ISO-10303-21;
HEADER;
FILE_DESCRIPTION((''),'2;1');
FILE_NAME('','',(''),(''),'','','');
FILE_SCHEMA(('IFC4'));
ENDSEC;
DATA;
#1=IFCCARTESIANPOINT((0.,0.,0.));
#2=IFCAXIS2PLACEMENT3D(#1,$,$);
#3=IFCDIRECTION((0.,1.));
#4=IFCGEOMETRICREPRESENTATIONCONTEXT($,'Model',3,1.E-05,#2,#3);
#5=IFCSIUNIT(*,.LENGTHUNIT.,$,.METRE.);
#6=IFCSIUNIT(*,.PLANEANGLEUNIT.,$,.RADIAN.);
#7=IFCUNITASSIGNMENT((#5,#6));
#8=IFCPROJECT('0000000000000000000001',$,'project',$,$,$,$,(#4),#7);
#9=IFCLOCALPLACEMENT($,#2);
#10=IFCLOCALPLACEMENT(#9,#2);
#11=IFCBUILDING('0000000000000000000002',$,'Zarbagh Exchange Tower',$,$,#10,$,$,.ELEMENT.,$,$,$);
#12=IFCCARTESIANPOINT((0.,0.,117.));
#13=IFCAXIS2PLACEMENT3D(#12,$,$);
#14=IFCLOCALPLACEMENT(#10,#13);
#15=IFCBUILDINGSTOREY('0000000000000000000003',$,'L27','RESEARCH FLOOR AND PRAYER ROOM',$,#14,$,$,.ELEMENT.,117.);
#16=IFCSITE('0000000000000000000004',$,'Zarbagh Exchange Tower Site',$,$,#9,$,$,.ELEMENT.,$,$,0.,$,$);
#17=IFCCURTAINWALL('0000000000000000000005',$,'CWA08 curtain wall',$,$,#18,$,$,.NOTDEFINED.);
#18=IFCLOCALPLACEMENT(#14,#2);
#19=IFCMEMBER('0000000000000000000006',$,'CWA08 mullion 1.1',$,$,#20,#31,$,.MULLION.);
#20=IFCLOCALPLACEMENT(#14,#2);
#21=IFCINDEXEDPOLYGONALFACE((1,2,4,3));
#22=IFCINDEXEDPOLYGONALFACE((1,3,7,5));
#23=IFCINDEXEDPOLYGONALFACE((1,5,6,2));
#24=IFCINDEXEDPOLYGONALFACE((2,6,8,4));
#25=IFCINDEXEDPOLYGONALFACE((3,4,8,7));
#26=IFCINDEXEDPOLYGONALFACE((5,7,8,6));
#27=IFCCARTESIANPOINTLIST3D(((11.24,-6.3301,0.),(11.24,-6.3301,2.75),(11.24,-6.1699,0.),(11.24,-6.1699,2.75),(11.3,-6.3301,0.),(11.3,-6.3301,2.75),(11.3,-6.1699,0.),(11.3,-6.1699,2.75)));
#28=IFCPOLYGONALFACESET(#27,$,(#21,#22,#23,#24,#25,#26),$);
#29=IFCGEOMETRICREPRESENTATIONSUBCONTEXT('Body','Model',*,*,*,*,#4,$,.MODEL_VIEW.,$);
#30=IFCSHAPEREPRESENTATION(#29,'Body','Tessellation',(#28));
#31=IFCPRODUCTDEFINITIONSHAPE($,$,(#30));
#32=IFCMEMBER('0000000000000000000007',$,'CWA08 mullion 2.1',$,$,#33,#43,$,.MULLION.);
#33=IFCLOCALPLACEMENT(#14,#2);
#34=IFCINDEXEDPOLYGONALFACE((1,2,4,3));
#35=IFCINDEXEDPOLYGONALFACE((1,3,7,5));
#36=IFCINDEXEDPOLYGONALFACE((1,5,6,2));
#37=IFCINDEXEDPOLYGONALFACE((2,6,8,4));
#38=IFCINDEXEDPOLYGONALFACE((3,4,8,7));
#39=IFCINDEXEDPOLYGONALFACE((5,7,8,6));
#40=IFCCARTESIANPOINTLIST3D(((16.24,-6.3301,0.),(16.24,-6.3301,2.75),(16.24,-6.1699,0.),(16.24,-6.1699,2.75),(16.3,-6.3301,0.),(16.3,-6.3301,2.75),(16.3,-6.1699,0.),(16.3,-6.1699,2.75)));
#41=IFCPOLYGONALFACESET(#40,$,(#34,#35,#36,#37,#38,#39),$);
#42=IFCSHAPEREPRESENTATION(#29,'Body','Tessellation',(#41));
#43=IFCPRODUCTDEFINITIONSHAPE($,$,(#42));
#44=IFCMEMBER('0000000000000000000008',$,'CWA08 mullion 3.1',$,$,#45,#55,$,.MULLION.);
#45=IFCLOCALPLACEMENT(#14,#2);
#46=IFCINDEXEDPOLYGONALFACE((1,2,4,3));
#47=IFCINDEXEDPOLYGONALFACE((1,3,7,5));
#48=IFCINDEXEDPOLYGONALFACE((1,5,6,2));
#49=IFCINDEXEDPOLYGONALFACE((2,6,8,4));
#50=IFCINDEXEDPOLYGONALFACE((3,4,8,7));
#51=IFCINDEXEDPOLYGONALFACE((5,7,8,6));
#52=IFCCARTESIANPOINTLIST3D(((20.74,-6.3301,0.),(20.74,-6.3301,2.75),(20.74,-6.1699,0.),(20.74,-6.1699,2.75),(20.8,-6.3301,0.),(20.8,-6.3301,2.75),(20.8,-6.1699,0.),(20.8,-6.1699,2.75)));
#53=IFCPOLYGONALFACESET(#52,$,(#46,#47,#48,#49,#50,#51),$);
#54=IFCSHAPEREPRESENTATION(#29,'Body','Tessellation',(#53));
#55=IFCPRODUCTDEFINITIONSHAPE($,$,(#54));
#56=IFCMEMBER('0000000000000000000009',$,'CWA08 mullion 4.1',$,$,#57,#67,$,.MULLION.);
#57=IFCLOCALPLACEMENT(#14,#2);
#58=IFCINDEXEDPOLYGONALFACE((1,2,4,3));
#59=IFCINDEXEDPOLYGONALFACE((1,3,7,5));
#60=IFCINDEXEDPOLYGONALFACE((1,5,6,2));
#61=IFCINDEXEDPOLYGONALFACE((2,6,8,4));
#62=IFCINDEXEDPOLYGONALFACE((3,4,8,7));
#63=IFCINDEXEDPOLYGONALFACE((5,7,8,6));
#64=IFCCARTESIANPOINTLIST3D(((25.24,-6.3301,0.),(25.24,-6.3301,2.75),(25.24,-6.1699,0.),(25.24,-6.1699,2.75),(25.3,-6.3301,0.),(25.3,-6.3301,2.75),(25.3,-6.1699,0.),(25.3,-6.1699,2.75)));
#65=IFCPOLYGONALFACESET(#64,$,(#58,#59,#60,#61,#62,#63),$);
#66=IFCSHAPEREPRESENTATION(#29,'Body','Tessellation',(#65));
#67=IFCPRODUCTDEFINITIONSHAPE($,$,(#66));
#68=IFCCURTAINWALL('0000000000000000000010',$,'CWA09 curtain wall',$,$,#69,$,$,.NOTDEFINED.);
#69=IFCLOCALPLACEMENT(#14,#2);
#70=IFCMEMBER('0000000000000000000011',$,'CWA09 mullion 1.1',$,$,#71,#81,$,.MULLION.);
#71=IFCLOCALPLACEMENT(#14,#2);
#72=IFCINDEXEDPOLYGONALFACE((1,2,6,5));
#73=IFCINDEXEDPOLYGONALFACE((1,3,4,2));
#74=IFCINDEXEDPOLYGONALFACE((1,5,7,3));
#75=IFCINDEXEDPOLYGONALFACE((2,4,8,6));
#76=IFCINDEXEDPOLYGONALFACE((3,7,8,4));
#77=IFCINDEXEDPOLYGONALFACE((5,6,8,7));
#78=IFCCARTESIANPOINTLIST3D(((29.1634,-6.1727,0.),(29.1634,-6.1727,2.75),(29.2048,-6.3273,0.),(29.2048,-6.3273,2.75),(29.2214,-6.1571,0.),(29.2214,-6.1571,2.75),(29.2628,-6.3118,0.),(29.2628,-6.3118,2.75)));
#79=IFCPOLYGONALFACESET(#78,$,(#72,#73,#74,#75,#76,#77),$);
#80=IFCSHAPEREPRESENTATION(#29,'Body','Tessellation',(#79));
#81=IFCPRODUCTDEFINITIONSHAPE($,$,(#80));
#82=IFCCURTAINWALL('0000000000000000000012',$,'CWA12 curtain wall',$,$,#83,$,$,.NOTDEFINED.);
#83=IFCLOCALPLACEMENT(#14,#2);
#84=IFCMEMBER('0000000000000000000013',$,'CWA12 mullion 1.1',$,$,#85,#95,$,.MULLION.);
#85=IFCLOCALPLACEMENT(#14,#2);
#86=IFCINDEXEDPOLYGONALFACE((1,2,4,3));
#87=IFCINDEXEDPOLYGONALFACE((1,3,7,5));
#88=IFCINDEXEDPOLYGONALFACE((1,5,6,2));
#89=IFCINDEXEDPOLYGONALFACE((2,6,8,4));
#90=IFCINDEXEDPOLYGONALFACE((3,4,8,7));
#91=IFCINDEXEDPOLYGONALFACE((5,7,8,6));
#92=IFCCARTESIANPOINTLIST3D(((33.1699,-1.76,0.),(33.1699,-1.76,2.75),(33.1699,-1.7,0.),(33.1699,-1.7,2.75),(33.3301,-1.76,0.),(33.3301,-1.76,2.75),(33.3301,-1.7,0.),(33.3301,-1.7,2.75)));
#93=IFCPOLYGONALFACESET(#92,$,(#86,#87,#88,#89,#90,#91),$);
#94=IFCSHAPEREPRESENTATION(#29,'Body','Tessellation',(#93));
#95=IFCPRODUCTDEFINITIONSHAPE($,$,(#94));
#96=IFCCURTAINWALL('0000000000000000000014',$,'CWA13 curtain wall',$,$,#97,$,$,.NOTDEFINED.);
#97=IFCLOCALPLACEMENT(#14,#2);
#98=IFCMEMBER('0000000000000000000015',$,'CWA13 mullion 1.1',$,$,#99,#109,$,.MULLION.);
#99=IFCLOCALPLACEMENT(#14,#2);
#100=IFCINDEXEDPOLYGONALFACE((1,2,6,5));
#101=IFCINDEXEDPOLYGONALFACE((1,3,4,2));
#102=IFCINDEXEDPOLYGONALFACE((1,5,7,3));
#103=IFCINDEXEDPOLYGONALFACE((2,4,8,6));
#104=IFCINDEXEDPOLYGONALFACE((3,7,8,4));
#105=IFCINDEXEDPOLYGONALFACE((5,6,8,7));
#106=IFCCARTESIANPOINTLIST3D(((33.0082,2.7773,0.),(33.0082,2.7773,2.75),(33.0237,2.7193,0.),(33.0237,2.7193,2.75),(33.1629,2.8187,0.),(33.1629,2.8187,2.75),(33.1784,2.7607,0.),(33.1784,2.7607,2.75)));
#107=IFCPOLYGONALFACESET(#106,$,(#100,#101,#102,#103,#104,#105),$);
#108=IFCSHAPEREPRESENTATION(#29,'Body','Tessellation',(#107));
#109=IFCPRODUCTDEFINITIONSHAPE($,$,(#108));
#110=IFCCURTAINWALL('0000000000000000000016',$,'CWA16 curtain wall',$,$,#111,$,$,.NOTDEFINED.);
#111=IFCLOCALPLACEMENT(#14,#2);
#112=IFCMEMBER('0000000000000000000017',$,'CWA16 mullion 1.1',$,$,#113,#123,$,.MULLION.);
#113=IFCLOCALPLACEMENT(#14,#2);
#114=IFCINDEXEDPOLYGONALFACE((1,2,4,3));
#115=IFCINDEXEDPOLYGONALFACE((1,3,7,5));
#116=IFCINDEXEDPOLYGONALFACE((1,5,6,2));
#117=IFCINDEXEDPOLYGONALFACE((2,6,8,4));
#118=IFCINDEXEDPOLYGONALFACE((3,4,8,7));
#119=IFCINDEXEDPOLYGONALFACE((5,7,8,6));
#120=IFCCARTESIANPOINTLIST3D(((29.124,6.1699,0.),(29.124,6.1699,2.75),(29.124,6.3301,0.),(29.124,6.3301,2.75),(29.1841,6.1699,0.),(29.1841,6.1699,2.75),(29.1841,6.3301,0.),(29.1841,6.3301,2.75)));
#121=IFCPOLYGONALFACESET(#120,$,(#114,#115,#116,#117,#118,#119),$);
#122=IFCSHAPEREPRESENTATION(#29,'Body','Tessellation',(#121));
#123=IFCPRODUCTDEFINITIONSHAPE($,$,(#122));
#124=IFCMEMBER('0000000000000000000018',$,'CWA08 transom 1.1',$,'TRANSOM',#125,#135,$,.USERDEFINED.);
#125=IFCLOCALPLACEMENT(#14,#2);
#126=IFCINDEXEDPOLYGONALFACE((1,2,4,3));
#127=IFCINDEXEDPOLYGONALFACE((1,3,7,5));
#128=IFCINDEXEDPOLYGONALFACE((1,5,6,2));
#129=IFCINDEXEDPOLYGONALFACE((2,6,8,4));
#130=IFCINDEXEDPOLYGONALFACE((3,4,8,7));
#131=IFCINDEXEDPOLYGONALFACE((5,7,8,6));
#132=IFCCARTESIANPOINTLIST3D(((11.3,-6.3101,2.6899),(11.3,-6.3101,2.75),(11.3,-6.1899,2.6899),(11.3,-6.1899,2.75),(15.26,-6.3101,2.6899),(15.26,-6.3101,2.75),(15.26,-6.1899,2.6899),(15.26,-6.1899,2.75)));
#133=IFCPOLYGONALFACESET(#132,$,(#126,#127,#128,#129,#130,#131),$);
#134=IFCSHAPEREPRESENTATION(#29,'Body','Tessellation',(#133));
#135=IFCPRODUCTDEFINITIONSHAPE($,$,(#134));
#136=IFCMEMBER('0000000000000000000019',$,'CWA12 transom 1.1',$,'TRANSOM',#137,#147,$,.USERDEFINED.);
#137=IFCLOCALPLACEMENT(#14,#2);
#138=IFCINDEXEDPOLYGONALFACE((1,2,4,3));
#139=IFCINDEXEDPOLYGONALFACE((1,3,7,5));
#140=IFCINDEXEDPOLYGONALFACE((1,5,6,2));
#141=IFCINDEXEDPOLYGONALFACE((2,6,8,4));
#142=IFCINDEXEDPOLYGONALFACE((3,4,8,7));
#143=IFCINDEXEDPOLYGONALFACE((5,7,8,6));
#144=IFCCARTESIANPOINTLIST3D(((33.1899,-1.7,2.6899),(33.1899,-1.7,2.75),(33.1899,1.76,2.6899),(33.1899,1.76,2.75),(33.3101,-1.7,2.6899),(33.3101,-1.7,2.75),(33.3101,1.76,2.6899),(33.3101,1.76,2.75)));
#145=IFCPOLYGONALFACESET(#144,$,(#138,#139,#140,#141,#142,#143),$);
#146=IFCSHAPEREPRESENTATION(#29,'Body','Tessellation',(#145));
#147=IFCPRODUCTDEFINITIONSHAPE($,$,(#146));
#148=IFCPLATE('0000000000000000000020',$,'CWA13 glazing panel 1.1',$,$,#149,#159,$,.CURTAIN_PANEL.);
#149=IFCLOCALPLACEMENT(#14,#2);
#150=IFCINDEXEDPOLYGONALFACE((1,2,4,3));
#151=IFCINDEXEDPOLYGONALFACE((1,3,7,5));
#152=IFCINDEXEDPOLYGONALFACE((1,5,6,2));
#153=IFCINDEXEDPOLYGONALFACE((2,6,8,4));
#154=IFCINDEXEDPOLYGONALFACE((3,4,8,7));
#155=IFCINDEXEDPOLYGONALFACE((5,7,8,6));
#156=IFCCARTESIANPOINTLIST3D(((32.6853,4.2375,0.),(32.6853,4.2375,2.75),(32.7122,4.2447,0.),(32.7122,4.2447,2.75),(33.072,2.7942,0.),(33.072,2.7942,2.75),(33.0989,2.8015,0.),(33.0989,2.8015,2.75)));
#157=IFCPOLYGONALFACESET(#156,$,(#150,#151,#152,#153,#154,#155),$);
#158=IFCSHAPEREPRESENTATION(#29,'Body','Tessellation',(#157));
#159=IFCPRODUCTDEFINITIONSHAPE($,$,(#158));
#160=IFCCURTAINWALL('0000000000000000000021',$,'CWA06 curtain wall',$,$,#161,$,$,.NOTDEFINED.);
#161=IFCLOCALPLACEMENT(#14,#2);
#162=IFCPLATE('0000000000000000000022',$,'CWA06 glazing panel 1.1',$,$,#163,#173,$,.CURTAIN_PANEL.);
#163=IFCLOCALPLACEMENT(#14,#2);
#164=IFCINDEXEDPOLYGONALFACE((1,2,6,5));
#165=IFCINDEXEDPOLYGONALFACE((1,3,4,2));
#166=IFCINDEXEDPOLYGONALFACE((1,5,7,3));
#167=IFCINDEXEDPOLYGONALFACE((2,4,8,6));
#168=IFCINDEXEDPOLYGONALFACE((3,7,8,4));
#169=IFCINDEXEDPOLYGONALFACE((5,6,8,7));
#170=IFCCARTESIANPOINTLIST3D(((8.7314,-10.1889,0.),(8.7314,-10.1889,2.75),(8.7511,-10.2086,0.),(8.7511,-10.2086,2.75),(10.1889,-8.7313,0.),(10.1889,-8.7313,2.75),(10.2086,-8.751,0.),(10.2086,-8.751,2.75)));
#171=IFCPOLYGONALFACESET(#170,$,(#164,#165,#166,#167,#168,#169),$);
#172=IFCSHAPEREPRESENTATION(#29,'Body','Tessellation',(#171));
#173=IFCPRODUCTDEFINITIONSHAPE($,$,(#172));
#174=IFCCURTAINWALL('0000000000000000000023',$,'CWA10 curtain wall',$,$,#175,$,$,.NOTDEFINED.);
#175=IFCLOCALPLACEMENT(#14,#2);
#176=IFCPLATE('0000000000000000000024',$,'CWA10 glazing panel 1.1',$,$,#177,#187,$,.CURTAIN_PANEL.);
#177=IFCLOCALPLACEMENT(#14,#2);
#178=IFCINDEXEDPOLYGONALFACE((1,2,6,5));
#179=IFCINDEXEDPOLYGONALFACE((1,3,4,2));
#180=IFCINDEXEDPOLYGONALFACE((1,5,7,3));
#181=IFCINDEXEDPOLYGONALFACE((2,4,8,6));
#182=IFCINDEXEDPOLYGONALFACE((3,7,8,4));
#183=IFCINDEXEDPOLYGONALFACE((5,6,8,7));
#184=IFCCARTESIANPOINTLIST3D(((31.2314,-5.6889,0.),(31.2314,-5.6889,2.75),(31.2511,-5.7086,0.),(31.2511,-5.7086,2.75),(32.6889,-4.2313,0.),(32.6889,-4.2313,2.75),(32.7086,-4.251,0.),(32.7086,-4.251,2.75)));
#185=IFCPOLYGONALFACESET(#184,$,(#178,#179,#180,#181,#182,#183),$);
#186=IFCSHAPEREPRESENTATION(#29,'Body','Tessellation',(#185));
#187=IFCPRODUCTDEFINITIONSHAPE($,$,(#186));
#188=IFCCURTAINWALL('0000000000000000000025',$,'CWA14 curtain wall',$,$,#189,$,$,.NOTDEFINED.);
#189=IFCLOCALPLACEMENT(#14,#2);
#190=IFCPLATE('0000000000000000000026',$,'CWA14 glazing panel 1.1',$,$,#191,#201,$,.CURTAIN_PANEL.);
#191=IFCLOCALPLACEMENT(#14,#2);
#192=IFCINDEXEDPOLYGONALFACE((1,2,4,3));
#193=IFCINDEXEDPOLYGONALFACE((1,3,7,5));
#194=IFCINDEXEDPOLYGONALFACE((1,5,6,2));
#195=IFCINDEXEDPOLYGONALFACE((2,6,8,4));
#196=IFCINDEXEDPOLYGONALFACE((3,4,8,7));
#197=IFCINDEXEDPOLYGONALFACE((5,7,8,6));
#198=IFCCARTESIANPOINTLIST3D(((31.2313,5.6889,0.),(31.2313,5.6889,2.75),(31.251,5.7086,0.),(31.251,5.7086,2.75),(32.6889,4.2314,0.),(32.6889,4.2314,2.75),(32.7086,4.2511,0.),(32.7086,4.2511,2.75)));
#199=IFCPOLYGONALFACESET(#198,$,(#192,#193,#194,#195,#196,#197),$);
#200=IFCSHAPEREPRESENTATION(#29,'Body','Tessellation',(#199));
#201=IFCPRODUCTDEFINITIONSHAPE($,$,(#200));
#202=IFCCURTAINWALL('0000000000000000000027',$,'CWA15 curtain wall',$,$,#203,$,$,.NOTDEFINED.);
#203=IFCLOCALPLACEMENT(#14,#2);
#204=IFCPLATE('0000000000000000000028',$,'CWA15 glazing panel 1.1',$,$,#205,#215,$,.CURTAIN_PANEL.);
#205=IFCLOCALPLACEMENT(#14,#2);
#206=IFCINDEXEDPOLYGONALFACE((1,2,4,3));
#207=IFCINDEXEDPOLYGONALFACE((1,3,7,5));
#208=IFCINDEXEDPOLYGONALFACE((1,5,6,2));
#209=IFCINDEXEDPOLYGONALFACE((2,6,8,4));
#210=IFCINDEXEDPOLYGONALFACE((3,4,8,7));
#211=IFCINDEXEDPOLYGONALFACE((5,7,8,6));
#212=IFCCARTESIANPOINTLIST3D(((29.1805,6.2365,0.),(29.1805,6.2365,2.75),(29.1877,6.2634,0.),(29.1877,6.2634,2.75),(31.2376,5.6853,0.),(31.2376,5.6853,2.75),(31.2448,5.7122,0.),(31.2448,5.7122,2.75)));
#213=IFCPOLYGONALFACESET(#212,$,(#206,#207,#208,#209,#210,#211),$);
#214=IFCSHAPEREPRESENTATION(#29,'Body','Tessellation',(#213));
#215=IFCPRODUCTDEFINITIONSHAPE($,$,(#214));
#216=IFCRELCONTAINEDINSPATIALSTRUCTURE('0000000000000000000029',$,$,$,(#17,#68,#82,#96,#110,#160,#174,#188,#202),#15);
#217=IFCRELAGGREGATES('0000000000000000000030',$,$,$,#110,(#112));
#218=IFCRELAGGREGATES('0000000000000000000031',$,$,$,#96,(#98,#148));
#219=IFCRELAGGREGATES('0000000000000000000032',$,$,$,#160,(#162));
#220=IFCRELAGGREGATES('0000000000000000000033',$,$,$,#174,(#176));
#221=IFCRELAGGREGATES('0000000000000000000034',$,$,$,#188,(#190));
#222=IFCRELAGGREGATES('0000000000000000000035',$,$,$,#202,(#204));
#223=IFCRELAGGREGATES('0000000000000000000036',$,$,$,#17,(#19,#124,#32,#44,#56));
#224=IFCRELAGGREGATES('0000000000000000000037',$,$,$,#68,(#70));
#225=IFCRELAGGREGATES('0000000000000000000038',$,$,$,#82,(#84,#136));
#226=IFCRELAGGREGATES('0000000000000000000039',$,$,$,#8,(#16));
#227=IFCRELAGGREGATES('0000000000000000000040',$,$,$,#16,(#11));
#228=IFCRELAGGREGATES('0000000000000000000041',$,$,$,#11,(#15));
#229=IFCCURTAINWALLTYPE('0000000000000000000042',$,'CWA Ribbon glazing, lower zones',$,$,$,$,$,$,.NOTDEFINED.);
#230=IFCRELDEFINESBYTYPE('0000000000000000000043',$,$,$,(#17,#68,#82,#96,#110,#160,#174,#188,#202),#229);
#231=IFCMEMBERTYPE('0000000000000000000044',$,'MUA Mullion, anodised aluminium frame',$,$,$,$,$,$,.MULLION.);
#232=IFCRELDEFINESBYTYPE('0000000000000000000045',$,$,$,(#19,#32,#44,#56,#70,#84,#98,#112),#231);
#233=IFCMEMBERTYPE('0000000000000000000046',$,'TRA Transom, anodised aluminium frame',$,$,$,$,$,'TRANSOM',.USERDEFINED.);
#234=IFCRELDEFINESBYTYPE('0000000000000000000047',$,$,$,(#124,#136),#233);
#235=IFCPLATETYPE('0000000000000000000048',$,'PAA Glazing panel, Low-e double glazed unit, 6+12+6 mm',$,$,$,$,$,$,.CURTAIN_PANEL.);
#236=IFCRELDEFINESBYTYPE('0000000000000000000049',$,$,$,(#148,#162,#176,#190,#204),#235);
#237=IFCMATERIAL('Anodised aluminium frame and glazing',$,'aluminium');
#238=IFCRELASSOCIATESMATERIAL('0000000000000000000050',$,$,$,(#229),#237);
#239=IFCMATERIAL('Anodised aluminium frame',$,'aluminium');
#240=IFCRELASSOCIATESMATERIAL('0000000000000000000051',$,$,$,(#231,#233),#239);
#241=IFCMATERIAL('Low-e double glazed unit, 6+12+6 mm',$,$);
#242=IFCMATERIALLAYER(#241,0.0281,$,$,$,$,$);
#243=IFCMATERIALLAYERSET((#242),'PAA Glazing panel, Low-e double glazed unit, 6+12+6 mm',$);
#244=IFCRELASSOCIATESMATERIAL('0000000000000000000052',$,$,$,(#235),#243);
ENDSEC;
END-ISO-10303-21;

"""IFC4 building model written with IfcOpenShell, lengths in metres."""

from ifc_helpers import new_model, si_unit, direction, frame, origin, place, context, subcontext, project, spatial, polyline, outline, extrude, source, transform, mapped, material, layer, layer_set, type_object, element, aggregate, save


model = new_model("IFC4")

# Units and contexts
model_context = context("Model", 3, precision=1e-05, world=origin(), true_north=direction((0.0, 1.0)))
body_context = subcontext(model_context, "Body", "Model", "MODEL_VIEW")
ifc_project = project(units=[si_unit("LENGTHUNIT", "METRE"), si_unit("PLANEANGLEUNIT", "RADIAN")], contexts=[model_context])

# Site, building, storey
site_placement = place(None, origin())
site = spatial("IfcSite", under=ifc_project, at=site_placement, Name="Zarbagh Exchange Tower Site", CompositionType="ELEMENT", RefElevation=0.0)
building_placement = place(site_placement, origin())
building = spatial("IfcBuilding", under=site, at=building_placement, Name="Zarbagh Exchange Tower", CompositionType="ELEMENT")
storey_placement = place(building_placement, frame((0.0, 0.0, 117.0)))
storey = spatial("IfcBuildingStorey", under=building, at=storey_placement, Name="L27", Description="RESEARCH FLOOR AND PRAYER ROOM", CompositionType="ELEMENT", Elevation=117.0)

# Curtain wall, members
ifc_material_1 = material(Name="Anodised aluminium frame and glazing", Category="aluminium")
curtain_wall_type = type_object("IfcCurtainWallType", Name="CWA Ribbon glazing, lower zones", PredefinedType="NOTDEFINED", material=ifc_material_1)
curtain_wall_1_placement = place(storey_placement, origin())
curtain_wall_1 = element("IfcCurtainWall", 1, at=curtain_wall_1_placement, inside=storey, type_object=curtain_wall_type, Name="CWA08 curtain wall", PredefinedType="NOTDEFINED")
ifc_material_2 = material(Name="Anodised aluminium frame", Category="aluminium")
member_type_1 = type_object("IfcMemberType", Name="MUA Mullion, anodised aluminium frame", PredefinedType="MULLION", material=ifc_material_2)
shared_shape_1 = source(origin(), body_context, "Body", "SweptSolid", [
    extrude(outline(polyline([(0.0, -0.0801), (0.0601, -0.0801), (0.0601, 0.0801), (0.0, 0.0801), (0.0, -0.0801)])), origin(), (0.0, 0.0, 1.0), 2.75),
])
placement = place(storey_placement, origin())
member_1 = element("IfcMember", 2, at=placement, type_object=member_type_1, Name="CWA08 mullion 1.1", PredefinedType="MULLION", context=body_context, shape_type="MappedRepresentation", body=[
    mapped(shared_shape_1, transform((11.24, -6.25, 0.0), x_axis=(1.0, 0.0, 0.0), y_axis=(0.0, 1.0, 0.0), z_axis=(0.0, 0.0, 1.0))),
])
member_2 = element("IfcMember", 3, at=placement, type_object=member_type_1, Name="CWA08 mullion 2.1", PredefinedType="MULLION", context=body_context, shape_type="MappedRepresentation", body=[
    mapped(shared_shape_1, transform((16.24, -6.25, 0.0), x_axis=(1.0, 0.0, 0.0), y_axis=(0.0, 1.0, 0.0), z_axis=(0.0, 0.0, 1.0))),
])
member_3 = element("IfcMember", 4, at=placement, type_object=member_type_1, Name="CWA08 mullion 3.1", PredefinedType="MULLION", context=body_context, shape_type="MappedRepresentation", body=[
    mapped(shared_shape_1, transform((20.74, -6.25, 0.0), x_axis=(1.0, 0.0, 0.0), y_axis=(0.0, 1.0, 0.0), z_axis=(0.0, 0.0, 1.0))),
])
member_4 = element("IfcMember", 5, at=placement, type_object=member_type_1, Name="CWA08 mullion 4.1", PredefinedType="MULLION", context=body_context, shape_type="MappedRepresentation", body=[
    mapped(shared_shape_1, transform((25.24, -6.25, 0.0), x_axis=(1.0, 0.0, 0.0), y_axis=(0.0, 1.0, 0.0), z_axis=(0.0, 0.0, 1.0))),
])

# Curtain walls, members
curtain_wall_2_placement = place(storey_placement, origin())
curtain_wall_2 = element("IfcCurtainWall", 6, at=curtain_wall_2_placement, inside=storey, type_object=curtain_wall_type, Name="CWA09 curtain wall", PredefinedType="NOTDEFINED")
member_5 = element("IfcMember", 7, at=placement, type_object=member_type_1, Name="CWA09 mullion 1.1", PredefinedType="MULLION", context=body_context, shape_type="MappedRepresentation", body=[
    mapped(shared_shape_1, transform((29.1841, -6.25, 0.0), x_axis=(0.965924, 0.258825, 0.0), y_axis=(-0.258825, 0.965924, 0.0), z_axis=(0.0, 0.0, 1.0))),
])
curtain_wall_3_placement = place(storey_placement, origin())
curtain_wall_3 = element("IfcCurtainWall", 8, at=curtain_wall_3_placement, inside=storey, type_object=curtain_wall_type, Name="CWA12 curtain wall", PredefinedType="NOTDEFINED")
member_6 = element("IfcMember", 9, at=placement, type_object=member_type_1, Name="CWA12 mullion 1.1", PredefinedType="MULLION", context=body_context, shape_type="MappedRepresentation", body=[
    mapped(shared_shape_1, transform((33.25, -1.76, 0.0), x_axis=(0.0, 1.0, 0.0), y_axis=(-1.0, 0.0, 0.0), z_axis=(0.0, 0.0, 1.0))),
])
curtain_wall_4_placement = place(storey_placement, origin())
curtain_wall_4 = element("IfcCurtainWall", 10, at=curtain_wall_4_placement, inside=storey, type_object=curtain_wall_type, Name="CWA13 curtain wall", PredefinedType="NOTDEFINED")
member_7 = element("IfcMember", 11, at=placement, type_object=member_type_1, Name="CWA13 mullion 1.1", PredefinedType="MULLION", context=body_context, shape_type="MappedRepresentation", body=[
    mapped(shared_shape_1, transform((33.1011, 2.74, 0.0), x_axis=(-0.258825, 0.965924, 0.0), y_axis=(-0.965924, -0.258825, 0.0), z_axis=(0.0, 0.0, 1.0))),
])
curtain_wall_5_placement = place(storey_placement, origin())
curtain_wall_5 = element("IfcCurtainWall", 12, at=curtain_wall_5_placement, inside=storey, type_object=curtain_wall_type, Name="CWA16 curtain wall", PredefinedType="NOTDEFINED")
member_8 = element("IfcMember", 13, at=placement, type_object=member_type_1, Name="CWA16 mullion 1.1", PredefinedType="MULLION", context=body_context, shape_type="MappedRepresentation", body=[
    mapped(shared_shape_1, transform((29.1841, 6.25, 0.0), x_axis=(-1.0, 0.0, 0.0), y_axis=(0.0, -1.0, 0.0), z_axis=(0.0, 0.0, 1.0))),
])
aggregate(curtain_wall_5, [member_8])

# Members
member_type_2 = type_object("IfcMemberType", Name="TRA Transom, anodised aluminium frame", ElementType="TRANSOM", PredefinedType="USERDEFINED", material=ifc_material_2)
shared_shape_2 = source(origin(), body_context, "Body", "SweptSolid", [
    extrude(outline(polyline([(-0.0601, -0.0601), (0.0, -0.0601), (0.0, 0.0601), (-0.0601, 0.0601), (-0.0601, -0.0601)])), origin(), (0.0, 0.0, 1.0), 3.96),
])
member_9 = element("IfcMember", 14, at=placement, type_object=member_type_2, Name="CWA08 transom 1.1", ObjectType="TRANSOM", PredefinedType="USERDEFINED", context=body_context, shape_type="MappedRepresentation", body=[
    mapped(shared_shape_2, transform((11.3, -6.25, 2.75), x_axis=(0.0, 0.0, 1.0), y_axis=(0.0, -1.0, 0.0), z_axis=(1.0, 0.0, 0.0))),
])
shared_shape_3 = source(origin(), body_context, "Body", "SweptSolid", [
    extrude(outline(polyline([(-0.0601, -0.0601), (0.0, -0.0601), (0.0, 0.0601), (-0.0601, 0.0601), (-0.0601, -0.0601)])), origin(), (0.0, 0.0, 1.0), 3.46),
])
member_10 = element("IfcMember", 15, at=placement, type_object=member_type_2, Name="CWA12 transom 1.1", ObjectType="TRANSOM", PredefinedType="USERDEFINED", context=body_context, shape_type="MappedRepresentation", body=[
    mapped(shared_shape_3, transform((33.25, -1.7, 2.75), x_axis=(0.0, 0.0, 1.0), y_axis=(1.0, 0.0, 0.0), z_axis=(0.0, 1.0, 0.0))),
])

# Plate
ifc_material_3 = material(Name="Low-e double glazed unit, 6+12+6 mm")
ifc_layer = layer(ifc_material_3, 0.0281)
ifc_layer_set = layer_set([ifc_layer], Name="PAA Glazing panel, Low-e double glazed unit, 6+12+6 mm")
plate_type = type_object("IfcPlateType", Name="PAA Glazing panel, Low-e double glazed unit, 6+12+6 mm", PredefinedType="CURTAIN_PANEL", material=ifc_layer_set)
shared_shape_4 = source(origin(), body_context, "Body", "SweptSolid", [
    extrude(outline(polyline([(0.0, -0.0139), (1.4941, -0.0139), (1.4941, 0.0139), (0.0, 0.0139), (0.0, -0.0139)])), origin(), (0.0, 0.0, 1.0), 2.75),
])
plate_1 = element("IfcPlate", 16, at=placement, type_object=plate_type, Name="CWA13 glazing panel 1.1", PredefinedType="CURTAIN_PANEL", context=body_context, shape_type="MappedRepresentation", body=[
    mapped(shared_shape_4, transform((33.0854, 2.7979, 0.0), x_axis=(-0.258825, 0.965924, 0.0), y_axis=(-0.965924, -0.258825, 0.0), z_axis=(0.0, 0.0, 1.0))),
])
aggregate(curtain_wall_4, [member_7, plate_1])

# Curtain walls, plates
curtain_wall_6_placement = place(storey_placement, origin())
curtain_wall_6 = element("IfcCurtainWall", 17, at=curtain_wall_6_placement, inside=storey, type_object=curtain_wall_type, Name="CWA06 curtain wall", PredefinedType="NOTDEFINED")
shared_shape_5 = source(origin(), body_context, "Body", "SweptSolid", [
    extrude(outline(polyline([(0.0, -0.0139), (2.0613, -0.0139), (2.0613, 0.0139), (0.0, 0.0139), (0.0, -0.0139)])), origin(), (0.0, 0.0, 1.0), 2.75),
])
plate_2 = element("IfcPlate", 18, at=placement, type_object=plate_type, Name="CWA06 glazing panel 1.1", PredefinedType="CURTAIN_PANEL", context=body_context, shape_type="MappedRepresentation", body=[
    mapped(shared_shape_5, transform((8.7412, -10.1987, 0.0), x_axis=(0.707107, 0.707107, 0.0), y_axis=(-0.707107, 0.707107, 0.0), z_axis=(0.0, 0.0, 1.0))),
])
aggregate(curtain_wall_6, [plate_2])
curtain_wall_7_placement = place(storey_placement, origin())
curtain_wall_7 = element("IfcCurtainWall", 19, at=curtain_wall_7_placement, inside=storey, type_object=curtain_wall_type, Name="CWA10 curtain wall", PredefinedType="NOTDEFINED")
plate_3 = element("IfcPlate", 20, at=placement, type_object=plate_type, Name="CWA10 glazing panel 1.1", PredefinedType="CURTAIN_PANEL", context=body_context, shape_type="MappedRepresentation", body=[
    mapped(shared_shape_5, transform((31.2412, -5.6987, 0.0), x_axis=(0.707107, 0.707107, 0.0), y_axis=(-0.707107, 0.707107, 0.0), z_axis=(0.0, 0.0, 1.0))),
])
aggregate(curtain_wall_7, [plate_3])
curtain_wall_8_placement = place(storey_placement, origin())
curtain_wall_8 = element("IfcCurtainWall", 21, at=curtain_wall_8_placement, inside=storey, type_object=curtain_wall_type, Name="CWA14 curtain wall", PredefinedType="NOTDEFINED")
plate_4 = element("IfcPlate", 22, at=placement, type_object=plate_type, Name="CWA14 glazing panel 1.1", PredefinedType="CURTAIN_PANEL", context=body_context, shape_type="MappedRepresentation", body=[
    mapped(shared_shape_5, transform((32.6987, 4.2412, 0.0), x_axis=(-0.707107, 0.707107, 0.0), y_axis=(-0.707107, -0.707107, 0.0), z_axis=(0.0, 0.0, 1.0))),
])
aggregate(curtain_wall_8, [plate_4])
curtain_wall_9_placement = place(storey_placement, origin())
curtain_wall_9 = element("IfcCurtainWall", 23, at=curtain_wall_9_placement, inside=storey, type_object=curtain_wall_type, Name="CWA15 curtain wall", PredefinedType="NOTDEFINED")
shared_shape_6 = source(origin(), body_context, "Body", "SweptSolid", [
    extrude(outline(polyline([(0.0, -0.0139), (2.1296, -0.0139), (2.1296, 0.0139), (0.0, 0.0139), (0.0, -0.0139)])), origin(), (0.0, 0.0, 1.0), 2.75),
])
plate_5 = element("IfcPlate", 24, at=placement, type_object=plate_type, Name="CWA15 glazing panel 1.1", PredefinedType="CURTAIN_PANEL", context=body_context, shape_type="MappedRepresentation", body=[
    mapped(shared_shape_6, transform((31.2412, 5.6987, 0.0), x_axis=(-0.965924, 0.258825, 0.0), y_axis=(-0.258825, -0.965924, 0.0), z_axis=(0.0, 0.0, 1.0))),
])
aggregate(curtain_wall_9, [plate_5])

aggregate(curtain_wall_1, [member_1, member_9, member_2, member_3, member_4])
aggregate(curtain_wall_2, [member_5])

aggregate(curtain_wall_3, [member_6, member_10])

save(model, "model.ifc")
